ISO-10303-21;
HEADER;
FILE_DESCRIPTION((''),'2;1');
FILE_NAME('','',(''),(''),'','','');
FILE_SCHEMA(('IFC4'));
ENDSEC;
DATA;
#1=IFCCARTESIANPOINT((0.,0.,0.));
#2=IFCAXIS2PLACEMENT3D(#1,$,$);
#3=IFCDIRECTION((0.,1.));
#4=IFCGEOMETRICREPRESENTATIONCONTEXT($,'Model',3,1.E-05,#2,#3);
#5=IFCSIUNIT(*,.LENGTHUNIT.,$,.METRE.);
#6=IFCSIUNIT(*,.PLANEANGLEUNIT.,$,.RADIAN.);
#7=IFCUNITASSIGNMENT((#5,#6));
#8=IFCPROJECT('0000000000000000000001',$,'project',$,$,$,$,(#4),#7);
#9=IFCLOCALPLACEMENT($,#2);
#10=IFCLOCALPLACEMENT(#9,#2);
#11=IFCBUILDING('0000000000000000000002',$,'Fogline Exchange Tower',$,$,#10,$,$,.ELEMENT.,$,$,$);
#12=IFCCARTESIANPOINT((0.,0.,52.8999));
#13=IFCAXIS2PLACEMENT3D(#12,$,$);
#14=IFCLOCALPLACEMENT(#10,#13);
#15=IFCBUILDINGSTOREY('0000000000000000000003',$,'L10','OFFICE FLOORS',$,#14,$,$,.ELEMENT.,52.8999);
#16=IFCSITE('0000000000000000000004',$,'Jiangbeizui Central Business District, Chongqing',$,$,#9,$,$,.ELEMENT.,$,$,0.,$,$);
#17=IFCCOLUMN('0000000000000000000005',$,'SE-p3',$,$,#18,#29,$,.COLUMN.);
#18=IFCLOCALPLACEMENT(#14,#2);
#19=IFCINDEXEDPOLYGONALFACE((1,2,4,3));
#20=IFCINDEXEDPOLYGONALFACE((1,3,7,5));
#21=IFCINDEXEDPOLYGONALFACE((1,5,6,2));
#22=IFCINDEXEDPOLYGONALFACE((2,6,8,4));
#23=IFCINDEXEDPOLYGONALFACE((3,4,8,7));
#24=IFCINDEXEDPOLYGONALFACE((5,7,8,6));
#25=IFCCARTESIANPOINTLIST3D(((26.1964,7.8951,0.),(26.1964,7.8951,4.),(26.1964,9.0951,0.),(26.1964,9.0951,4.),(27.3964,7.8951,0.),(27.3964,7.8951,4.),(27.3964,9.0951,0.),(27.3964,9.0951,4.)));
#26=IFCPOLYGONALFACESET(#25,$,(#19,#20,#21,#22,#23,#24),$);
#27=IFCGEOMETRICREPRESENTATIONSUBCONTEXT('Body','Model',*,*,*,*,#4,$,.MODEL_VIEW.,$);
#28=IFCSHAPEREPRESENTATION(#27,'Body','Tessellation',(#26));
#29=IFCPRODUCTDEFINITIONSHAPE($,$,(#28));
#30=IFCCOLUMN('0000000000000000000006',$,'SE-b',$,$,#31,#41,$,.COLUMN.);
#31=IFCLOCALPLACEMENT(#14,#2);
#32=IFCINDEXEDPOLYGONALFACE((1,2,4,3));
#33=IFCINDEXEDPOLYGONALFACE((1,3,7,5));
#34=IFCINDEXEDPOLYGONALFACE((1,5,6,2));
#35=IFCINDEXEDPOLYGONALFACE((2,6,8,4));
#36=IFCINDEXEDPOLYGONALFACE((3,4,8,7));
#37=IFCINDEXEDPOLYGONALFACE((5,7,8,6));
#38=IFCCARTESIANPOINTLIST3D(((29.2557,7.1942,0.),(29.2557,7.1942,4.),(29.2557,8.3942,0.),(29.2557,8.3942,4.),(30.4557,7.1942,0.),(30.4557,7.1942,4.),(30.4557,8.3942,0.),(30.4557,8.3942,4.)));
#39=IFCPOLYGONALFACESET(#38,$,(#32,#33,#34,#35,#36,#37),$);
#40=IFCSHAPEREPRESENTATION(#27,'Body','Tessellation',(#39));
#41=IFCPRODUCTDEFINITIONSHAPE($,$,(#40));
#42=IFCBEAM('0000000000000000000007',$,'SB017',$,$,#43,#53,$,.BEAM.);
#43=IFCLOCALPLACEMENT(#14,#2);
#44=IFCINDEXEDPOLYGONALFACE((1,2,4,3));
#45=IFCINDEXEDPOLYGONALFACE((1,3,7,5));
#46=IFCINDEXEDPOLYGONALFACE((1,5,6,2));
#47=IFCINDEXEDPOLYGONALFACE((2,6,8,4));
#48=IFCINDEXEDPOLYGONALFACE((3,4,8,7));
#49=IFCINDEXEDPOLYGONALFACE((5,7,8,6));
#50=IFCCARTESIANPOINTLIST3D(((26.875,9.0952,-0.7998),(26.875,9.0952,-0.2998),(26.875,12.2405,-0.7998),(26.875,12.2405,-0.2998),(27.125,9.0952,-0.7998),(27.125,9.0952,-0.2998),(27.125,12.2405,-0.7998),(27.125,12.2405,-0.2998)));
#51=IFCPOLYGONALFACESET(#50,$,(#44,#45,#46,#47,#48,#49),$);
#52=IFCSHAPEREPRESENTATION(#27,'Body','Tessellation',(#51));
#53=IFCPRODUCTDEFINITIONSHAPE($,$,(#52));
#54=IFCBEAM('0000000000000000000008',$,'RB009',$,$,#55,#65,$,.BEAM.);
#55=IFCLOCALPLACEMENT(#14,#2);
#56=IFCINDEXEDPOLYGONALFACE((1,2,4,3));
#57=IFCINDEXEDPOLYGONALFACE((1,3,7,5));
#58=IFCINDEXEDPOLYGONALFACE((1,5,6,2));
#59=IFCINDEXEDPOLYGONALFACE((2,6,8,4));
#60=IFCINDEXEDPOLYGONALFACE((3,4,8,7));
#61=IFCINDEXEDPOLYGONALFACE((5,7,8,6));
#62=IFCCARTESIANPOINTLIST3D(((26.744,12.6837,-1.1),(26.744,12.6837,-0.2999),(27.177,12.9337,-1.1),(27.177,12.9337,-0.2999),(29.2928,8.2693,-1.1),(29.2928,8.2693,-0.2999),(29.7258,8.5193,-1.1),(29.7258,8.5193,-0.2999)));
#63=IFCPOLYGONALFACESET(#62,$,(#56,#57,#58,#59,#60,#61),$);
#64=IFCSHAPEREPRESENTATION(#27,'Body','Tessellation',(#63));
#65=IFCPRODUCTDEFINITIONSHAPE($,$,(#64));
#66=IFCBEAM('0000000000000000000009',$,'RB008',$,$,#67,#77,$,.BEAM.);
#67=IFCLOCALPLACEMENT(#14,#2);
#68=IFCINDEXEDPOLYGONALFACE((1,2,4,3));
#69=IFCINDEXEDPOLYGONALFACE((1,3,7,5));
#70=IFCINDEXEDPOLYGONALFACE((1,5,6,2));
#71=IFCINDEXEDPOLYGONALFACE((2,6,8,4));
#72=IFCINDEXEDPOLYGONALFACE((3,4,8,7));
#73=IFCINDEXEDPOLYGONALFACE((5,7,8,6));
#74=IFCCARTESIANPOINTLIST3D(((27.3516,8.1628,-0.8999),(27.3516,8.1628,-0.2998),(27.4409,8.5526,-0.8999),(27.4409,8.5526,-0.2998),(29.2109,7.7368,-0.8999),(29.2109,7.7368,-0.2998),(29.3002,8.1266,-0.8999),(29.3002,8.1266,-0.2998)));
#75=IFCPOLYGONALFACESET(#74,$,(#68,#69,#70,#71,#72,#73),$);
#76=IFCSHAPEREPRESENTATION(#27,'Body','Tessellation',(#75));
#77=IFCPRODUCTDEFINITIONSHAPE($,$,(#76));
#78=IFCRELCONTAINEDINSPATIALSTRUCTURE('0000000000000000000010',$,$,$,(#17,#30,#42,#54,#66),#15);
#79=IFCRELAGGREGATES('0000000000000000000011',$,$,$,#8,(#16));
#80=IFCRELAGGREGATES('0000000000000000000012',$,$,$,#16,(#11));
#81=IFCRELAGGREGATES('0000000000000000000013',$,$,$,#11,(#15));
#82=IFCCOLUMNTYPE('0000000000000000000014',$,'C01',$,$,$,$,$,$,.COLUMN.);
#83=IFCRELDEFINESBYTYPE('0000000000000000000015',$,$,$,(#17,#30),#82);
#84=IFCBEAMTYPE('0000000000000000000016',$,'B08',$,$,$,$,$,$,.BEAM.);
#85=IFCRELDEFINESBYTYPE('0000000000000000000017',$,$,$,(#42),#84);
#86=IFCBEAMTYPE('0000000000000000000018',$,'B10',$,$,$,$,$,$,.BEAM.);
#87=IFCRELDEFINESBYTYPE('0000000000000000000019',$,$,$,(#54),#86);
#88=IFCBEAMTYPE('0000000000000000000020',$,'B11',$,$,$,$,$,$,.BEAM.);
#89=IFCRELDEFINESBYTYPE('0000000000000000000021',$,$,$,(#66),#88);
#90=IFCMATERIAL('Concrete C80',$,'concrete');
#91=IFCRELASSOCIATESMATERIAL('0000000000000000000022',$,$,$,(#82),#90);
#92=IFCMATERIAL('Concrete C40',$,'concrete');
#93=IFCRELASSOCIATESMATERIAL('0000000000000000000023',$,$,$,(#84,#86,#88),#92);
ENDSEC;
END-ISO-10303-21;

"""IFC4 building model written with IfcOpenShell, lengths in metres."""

from ifc_helpers import new_model, si_unit, direction, frame, origin, origin_2d, place, context, subcontext, project, spatial, rectangle, extrude, material, material_profile, profile_set, type_object, element, save


model = new_model("IFC4")

# Units and contexts
model_context = context("Model", 3, precision=1e-05, world=origin(), true_north=direction((0.0, 1.0)))
body_context = subcontext(model_context, "Body", "Model", "MODEL_VIEW")
ifc_project = project(units=[si_unit("LENGTHUNIT", "METRE"), si_unit("PLANEANGLEUNIT", "RADIAN")], contexts=[model_context])

# Site, building, storey
site_placement = place(None, origin())
site = spatial("IfcSite", under=ifc_project, at=site_placement, Name="Jiangbeizui Central Business District, Chongqing", CompositionType="ELEMENT", RefElevation=0.0)
building_placement = place(site_placement, origin())
building = spatial("IfcBuilding", under=site, at=building_placement, Name="Fogline Exchange Tower", CompositionType="ELEMENT")
storey_placement = place(building_placement, frame((0.0, 0.0, 52.8999)))
storey = spatial("IfcBuildingStorey", under=building, at=storey_placement, Name="L10", Description="OFFICE FLOORS", CompositionType="ELEMENT", Elevation=52.8999)

# Columns
ifc_material_1 = material(Name="Concrete C80", Category="concrete")
ifc_material_profile_1 = material_profile(ifc_material_1, rectangle(XDim=1.2, YDim=1.2, at=origin_2d()), Name="RC 1200x1200")
ifc_profile_set_1 = profile_set([ifc_material_profile_1], Name="Concrete C80")
column_type = type_object("IfcColumnType", Name="C01", PredefinedType="COLUMN", material=ifc_profile_set_1)
for number, where, z_axis, x_axis, name in (
    (1, (26.7964, 8.4951, 0.0), (0.0, 0.0, 1.0), (1.0, 0.0, 0.0), "SE-p3"),
    (2, (29.8557, 7.7942, 0.0), (0.0, 0.0, 1.0), (1.0, 0.0, 0.0), "SE-b"),
):
    element("IfcColumn", number, at=place(storey_placement, frame(where, z_axis=z_axis, x_axis=x_axis)), inside=storey, type_object=column_type, Name=name, PredefinedType="COLUMN", context=body_context, shape_type="SweptSolid", body=[
        extrude(rectangle(XDim=1.2, YDim=1.2, at=origin_2d()), origin(), (0.0, 0.0, 1.0), 4.0),
    ])

# Beams
ifc_material_2 = material(Name="Concrete C40", Category="concrete")
ifc_material_profile_2 = material_profile(ifc_material_2, rectangle(XDim=0.25, YDim=0.5, at=origin_2d()), Name="RC 250x500")
ifc_profile_set_2 = profile_set([ifc_material_profile_2], Name="Concrete C40")
beam_type_1 = type_object("IfcBeamType", Name="B08", PredefinedType="BEAM", material=ifc_profile_set_2)
beam_1_placement = place(storey_placement, frame((27.0, 9.0952, -0.5498), z_axis=(0.0, 1.0, 0.0), x_axis=(-1.0, 0.0, 0.0)))
element("IfcBeam", 3, at=beam_1_placement, inside=storey, type_object=beam_type_1, Name="SB017", PredefinedType="BEAM", context=body_context, shape_type="SweptSolid", body=[
    extrude(rectangle(XDim=0.25, YDim=0.5, at=origin_2d()), origin(), (0.0, 0.0, 1.0), 3.1453),
])
ifc_material_profile_3 = material_profile(ifc_material_2, rectangle(XDim=0.5, YDim=0.8, at=origin_2d()), Name="RC 500x800")
ifc_profile_set_3 = profile_set([ifc_material_profile_3], Name="Concrete C40")
beam_type_2 = type_object("IfcBeamType", Name="B10", PredefinedType="BEAM", material=ifc_profile_set_3)
beam_2_placement = place(storey_placement, frame((29.5093, 8.3943, -0.7), z_axis=(-0.500013, 0.866018, 0.0), x_axis=(-0.866018, -0.500013, 0.0)))
element("IfcBeam", 4, at=beam_2_placement, inside=storey, type_object=beam_type_2, Name="RB009", PredefinedType="BEAM", context=body_context, shape_type="SweptSolid", body=[
    extrude(rectangle(XDim=0.5, YDim=0.8, at=origin_2d()), origin(), (0.0, 0.0, 1.0), 5.0974),
])
ifc_material_profile_4 = material_profile(ifc_material_2, rectangle(XDim=0.3999, YDim=0.6001, at=origin_2d()), Name="RC 400x600")
ifc_profile_set_4 = profile_set([ifc_material_profile_4], Name="Concrete C40")
beam_type_3 = type_object("IfcBeamType", Name="B11", PredefinedType="BEAM", material=ifc_profile_set_4)
beam_3_placement = place(storey_placement, frame((27.3962, 8.3577, -0.5999), z_axis=(0.974742, -0.223336, 0.0), x_axis=(0.223336, 0.974742, 0.0)))
element("IfcBeam", 5, at=beam_3_placement, inside=storey, type_object=beam_type_3, Name="RB008", PredefinedType="BEAM", context=body_context, shape_type="SweptSolid", body=[
    extrude(rectangle(XDim=0.3999, YDim=0.6001, at=origin_2d()), origin(), (0.0, 0.0, 1.0), 1.9075),
])

save(model, "model.ifc")
